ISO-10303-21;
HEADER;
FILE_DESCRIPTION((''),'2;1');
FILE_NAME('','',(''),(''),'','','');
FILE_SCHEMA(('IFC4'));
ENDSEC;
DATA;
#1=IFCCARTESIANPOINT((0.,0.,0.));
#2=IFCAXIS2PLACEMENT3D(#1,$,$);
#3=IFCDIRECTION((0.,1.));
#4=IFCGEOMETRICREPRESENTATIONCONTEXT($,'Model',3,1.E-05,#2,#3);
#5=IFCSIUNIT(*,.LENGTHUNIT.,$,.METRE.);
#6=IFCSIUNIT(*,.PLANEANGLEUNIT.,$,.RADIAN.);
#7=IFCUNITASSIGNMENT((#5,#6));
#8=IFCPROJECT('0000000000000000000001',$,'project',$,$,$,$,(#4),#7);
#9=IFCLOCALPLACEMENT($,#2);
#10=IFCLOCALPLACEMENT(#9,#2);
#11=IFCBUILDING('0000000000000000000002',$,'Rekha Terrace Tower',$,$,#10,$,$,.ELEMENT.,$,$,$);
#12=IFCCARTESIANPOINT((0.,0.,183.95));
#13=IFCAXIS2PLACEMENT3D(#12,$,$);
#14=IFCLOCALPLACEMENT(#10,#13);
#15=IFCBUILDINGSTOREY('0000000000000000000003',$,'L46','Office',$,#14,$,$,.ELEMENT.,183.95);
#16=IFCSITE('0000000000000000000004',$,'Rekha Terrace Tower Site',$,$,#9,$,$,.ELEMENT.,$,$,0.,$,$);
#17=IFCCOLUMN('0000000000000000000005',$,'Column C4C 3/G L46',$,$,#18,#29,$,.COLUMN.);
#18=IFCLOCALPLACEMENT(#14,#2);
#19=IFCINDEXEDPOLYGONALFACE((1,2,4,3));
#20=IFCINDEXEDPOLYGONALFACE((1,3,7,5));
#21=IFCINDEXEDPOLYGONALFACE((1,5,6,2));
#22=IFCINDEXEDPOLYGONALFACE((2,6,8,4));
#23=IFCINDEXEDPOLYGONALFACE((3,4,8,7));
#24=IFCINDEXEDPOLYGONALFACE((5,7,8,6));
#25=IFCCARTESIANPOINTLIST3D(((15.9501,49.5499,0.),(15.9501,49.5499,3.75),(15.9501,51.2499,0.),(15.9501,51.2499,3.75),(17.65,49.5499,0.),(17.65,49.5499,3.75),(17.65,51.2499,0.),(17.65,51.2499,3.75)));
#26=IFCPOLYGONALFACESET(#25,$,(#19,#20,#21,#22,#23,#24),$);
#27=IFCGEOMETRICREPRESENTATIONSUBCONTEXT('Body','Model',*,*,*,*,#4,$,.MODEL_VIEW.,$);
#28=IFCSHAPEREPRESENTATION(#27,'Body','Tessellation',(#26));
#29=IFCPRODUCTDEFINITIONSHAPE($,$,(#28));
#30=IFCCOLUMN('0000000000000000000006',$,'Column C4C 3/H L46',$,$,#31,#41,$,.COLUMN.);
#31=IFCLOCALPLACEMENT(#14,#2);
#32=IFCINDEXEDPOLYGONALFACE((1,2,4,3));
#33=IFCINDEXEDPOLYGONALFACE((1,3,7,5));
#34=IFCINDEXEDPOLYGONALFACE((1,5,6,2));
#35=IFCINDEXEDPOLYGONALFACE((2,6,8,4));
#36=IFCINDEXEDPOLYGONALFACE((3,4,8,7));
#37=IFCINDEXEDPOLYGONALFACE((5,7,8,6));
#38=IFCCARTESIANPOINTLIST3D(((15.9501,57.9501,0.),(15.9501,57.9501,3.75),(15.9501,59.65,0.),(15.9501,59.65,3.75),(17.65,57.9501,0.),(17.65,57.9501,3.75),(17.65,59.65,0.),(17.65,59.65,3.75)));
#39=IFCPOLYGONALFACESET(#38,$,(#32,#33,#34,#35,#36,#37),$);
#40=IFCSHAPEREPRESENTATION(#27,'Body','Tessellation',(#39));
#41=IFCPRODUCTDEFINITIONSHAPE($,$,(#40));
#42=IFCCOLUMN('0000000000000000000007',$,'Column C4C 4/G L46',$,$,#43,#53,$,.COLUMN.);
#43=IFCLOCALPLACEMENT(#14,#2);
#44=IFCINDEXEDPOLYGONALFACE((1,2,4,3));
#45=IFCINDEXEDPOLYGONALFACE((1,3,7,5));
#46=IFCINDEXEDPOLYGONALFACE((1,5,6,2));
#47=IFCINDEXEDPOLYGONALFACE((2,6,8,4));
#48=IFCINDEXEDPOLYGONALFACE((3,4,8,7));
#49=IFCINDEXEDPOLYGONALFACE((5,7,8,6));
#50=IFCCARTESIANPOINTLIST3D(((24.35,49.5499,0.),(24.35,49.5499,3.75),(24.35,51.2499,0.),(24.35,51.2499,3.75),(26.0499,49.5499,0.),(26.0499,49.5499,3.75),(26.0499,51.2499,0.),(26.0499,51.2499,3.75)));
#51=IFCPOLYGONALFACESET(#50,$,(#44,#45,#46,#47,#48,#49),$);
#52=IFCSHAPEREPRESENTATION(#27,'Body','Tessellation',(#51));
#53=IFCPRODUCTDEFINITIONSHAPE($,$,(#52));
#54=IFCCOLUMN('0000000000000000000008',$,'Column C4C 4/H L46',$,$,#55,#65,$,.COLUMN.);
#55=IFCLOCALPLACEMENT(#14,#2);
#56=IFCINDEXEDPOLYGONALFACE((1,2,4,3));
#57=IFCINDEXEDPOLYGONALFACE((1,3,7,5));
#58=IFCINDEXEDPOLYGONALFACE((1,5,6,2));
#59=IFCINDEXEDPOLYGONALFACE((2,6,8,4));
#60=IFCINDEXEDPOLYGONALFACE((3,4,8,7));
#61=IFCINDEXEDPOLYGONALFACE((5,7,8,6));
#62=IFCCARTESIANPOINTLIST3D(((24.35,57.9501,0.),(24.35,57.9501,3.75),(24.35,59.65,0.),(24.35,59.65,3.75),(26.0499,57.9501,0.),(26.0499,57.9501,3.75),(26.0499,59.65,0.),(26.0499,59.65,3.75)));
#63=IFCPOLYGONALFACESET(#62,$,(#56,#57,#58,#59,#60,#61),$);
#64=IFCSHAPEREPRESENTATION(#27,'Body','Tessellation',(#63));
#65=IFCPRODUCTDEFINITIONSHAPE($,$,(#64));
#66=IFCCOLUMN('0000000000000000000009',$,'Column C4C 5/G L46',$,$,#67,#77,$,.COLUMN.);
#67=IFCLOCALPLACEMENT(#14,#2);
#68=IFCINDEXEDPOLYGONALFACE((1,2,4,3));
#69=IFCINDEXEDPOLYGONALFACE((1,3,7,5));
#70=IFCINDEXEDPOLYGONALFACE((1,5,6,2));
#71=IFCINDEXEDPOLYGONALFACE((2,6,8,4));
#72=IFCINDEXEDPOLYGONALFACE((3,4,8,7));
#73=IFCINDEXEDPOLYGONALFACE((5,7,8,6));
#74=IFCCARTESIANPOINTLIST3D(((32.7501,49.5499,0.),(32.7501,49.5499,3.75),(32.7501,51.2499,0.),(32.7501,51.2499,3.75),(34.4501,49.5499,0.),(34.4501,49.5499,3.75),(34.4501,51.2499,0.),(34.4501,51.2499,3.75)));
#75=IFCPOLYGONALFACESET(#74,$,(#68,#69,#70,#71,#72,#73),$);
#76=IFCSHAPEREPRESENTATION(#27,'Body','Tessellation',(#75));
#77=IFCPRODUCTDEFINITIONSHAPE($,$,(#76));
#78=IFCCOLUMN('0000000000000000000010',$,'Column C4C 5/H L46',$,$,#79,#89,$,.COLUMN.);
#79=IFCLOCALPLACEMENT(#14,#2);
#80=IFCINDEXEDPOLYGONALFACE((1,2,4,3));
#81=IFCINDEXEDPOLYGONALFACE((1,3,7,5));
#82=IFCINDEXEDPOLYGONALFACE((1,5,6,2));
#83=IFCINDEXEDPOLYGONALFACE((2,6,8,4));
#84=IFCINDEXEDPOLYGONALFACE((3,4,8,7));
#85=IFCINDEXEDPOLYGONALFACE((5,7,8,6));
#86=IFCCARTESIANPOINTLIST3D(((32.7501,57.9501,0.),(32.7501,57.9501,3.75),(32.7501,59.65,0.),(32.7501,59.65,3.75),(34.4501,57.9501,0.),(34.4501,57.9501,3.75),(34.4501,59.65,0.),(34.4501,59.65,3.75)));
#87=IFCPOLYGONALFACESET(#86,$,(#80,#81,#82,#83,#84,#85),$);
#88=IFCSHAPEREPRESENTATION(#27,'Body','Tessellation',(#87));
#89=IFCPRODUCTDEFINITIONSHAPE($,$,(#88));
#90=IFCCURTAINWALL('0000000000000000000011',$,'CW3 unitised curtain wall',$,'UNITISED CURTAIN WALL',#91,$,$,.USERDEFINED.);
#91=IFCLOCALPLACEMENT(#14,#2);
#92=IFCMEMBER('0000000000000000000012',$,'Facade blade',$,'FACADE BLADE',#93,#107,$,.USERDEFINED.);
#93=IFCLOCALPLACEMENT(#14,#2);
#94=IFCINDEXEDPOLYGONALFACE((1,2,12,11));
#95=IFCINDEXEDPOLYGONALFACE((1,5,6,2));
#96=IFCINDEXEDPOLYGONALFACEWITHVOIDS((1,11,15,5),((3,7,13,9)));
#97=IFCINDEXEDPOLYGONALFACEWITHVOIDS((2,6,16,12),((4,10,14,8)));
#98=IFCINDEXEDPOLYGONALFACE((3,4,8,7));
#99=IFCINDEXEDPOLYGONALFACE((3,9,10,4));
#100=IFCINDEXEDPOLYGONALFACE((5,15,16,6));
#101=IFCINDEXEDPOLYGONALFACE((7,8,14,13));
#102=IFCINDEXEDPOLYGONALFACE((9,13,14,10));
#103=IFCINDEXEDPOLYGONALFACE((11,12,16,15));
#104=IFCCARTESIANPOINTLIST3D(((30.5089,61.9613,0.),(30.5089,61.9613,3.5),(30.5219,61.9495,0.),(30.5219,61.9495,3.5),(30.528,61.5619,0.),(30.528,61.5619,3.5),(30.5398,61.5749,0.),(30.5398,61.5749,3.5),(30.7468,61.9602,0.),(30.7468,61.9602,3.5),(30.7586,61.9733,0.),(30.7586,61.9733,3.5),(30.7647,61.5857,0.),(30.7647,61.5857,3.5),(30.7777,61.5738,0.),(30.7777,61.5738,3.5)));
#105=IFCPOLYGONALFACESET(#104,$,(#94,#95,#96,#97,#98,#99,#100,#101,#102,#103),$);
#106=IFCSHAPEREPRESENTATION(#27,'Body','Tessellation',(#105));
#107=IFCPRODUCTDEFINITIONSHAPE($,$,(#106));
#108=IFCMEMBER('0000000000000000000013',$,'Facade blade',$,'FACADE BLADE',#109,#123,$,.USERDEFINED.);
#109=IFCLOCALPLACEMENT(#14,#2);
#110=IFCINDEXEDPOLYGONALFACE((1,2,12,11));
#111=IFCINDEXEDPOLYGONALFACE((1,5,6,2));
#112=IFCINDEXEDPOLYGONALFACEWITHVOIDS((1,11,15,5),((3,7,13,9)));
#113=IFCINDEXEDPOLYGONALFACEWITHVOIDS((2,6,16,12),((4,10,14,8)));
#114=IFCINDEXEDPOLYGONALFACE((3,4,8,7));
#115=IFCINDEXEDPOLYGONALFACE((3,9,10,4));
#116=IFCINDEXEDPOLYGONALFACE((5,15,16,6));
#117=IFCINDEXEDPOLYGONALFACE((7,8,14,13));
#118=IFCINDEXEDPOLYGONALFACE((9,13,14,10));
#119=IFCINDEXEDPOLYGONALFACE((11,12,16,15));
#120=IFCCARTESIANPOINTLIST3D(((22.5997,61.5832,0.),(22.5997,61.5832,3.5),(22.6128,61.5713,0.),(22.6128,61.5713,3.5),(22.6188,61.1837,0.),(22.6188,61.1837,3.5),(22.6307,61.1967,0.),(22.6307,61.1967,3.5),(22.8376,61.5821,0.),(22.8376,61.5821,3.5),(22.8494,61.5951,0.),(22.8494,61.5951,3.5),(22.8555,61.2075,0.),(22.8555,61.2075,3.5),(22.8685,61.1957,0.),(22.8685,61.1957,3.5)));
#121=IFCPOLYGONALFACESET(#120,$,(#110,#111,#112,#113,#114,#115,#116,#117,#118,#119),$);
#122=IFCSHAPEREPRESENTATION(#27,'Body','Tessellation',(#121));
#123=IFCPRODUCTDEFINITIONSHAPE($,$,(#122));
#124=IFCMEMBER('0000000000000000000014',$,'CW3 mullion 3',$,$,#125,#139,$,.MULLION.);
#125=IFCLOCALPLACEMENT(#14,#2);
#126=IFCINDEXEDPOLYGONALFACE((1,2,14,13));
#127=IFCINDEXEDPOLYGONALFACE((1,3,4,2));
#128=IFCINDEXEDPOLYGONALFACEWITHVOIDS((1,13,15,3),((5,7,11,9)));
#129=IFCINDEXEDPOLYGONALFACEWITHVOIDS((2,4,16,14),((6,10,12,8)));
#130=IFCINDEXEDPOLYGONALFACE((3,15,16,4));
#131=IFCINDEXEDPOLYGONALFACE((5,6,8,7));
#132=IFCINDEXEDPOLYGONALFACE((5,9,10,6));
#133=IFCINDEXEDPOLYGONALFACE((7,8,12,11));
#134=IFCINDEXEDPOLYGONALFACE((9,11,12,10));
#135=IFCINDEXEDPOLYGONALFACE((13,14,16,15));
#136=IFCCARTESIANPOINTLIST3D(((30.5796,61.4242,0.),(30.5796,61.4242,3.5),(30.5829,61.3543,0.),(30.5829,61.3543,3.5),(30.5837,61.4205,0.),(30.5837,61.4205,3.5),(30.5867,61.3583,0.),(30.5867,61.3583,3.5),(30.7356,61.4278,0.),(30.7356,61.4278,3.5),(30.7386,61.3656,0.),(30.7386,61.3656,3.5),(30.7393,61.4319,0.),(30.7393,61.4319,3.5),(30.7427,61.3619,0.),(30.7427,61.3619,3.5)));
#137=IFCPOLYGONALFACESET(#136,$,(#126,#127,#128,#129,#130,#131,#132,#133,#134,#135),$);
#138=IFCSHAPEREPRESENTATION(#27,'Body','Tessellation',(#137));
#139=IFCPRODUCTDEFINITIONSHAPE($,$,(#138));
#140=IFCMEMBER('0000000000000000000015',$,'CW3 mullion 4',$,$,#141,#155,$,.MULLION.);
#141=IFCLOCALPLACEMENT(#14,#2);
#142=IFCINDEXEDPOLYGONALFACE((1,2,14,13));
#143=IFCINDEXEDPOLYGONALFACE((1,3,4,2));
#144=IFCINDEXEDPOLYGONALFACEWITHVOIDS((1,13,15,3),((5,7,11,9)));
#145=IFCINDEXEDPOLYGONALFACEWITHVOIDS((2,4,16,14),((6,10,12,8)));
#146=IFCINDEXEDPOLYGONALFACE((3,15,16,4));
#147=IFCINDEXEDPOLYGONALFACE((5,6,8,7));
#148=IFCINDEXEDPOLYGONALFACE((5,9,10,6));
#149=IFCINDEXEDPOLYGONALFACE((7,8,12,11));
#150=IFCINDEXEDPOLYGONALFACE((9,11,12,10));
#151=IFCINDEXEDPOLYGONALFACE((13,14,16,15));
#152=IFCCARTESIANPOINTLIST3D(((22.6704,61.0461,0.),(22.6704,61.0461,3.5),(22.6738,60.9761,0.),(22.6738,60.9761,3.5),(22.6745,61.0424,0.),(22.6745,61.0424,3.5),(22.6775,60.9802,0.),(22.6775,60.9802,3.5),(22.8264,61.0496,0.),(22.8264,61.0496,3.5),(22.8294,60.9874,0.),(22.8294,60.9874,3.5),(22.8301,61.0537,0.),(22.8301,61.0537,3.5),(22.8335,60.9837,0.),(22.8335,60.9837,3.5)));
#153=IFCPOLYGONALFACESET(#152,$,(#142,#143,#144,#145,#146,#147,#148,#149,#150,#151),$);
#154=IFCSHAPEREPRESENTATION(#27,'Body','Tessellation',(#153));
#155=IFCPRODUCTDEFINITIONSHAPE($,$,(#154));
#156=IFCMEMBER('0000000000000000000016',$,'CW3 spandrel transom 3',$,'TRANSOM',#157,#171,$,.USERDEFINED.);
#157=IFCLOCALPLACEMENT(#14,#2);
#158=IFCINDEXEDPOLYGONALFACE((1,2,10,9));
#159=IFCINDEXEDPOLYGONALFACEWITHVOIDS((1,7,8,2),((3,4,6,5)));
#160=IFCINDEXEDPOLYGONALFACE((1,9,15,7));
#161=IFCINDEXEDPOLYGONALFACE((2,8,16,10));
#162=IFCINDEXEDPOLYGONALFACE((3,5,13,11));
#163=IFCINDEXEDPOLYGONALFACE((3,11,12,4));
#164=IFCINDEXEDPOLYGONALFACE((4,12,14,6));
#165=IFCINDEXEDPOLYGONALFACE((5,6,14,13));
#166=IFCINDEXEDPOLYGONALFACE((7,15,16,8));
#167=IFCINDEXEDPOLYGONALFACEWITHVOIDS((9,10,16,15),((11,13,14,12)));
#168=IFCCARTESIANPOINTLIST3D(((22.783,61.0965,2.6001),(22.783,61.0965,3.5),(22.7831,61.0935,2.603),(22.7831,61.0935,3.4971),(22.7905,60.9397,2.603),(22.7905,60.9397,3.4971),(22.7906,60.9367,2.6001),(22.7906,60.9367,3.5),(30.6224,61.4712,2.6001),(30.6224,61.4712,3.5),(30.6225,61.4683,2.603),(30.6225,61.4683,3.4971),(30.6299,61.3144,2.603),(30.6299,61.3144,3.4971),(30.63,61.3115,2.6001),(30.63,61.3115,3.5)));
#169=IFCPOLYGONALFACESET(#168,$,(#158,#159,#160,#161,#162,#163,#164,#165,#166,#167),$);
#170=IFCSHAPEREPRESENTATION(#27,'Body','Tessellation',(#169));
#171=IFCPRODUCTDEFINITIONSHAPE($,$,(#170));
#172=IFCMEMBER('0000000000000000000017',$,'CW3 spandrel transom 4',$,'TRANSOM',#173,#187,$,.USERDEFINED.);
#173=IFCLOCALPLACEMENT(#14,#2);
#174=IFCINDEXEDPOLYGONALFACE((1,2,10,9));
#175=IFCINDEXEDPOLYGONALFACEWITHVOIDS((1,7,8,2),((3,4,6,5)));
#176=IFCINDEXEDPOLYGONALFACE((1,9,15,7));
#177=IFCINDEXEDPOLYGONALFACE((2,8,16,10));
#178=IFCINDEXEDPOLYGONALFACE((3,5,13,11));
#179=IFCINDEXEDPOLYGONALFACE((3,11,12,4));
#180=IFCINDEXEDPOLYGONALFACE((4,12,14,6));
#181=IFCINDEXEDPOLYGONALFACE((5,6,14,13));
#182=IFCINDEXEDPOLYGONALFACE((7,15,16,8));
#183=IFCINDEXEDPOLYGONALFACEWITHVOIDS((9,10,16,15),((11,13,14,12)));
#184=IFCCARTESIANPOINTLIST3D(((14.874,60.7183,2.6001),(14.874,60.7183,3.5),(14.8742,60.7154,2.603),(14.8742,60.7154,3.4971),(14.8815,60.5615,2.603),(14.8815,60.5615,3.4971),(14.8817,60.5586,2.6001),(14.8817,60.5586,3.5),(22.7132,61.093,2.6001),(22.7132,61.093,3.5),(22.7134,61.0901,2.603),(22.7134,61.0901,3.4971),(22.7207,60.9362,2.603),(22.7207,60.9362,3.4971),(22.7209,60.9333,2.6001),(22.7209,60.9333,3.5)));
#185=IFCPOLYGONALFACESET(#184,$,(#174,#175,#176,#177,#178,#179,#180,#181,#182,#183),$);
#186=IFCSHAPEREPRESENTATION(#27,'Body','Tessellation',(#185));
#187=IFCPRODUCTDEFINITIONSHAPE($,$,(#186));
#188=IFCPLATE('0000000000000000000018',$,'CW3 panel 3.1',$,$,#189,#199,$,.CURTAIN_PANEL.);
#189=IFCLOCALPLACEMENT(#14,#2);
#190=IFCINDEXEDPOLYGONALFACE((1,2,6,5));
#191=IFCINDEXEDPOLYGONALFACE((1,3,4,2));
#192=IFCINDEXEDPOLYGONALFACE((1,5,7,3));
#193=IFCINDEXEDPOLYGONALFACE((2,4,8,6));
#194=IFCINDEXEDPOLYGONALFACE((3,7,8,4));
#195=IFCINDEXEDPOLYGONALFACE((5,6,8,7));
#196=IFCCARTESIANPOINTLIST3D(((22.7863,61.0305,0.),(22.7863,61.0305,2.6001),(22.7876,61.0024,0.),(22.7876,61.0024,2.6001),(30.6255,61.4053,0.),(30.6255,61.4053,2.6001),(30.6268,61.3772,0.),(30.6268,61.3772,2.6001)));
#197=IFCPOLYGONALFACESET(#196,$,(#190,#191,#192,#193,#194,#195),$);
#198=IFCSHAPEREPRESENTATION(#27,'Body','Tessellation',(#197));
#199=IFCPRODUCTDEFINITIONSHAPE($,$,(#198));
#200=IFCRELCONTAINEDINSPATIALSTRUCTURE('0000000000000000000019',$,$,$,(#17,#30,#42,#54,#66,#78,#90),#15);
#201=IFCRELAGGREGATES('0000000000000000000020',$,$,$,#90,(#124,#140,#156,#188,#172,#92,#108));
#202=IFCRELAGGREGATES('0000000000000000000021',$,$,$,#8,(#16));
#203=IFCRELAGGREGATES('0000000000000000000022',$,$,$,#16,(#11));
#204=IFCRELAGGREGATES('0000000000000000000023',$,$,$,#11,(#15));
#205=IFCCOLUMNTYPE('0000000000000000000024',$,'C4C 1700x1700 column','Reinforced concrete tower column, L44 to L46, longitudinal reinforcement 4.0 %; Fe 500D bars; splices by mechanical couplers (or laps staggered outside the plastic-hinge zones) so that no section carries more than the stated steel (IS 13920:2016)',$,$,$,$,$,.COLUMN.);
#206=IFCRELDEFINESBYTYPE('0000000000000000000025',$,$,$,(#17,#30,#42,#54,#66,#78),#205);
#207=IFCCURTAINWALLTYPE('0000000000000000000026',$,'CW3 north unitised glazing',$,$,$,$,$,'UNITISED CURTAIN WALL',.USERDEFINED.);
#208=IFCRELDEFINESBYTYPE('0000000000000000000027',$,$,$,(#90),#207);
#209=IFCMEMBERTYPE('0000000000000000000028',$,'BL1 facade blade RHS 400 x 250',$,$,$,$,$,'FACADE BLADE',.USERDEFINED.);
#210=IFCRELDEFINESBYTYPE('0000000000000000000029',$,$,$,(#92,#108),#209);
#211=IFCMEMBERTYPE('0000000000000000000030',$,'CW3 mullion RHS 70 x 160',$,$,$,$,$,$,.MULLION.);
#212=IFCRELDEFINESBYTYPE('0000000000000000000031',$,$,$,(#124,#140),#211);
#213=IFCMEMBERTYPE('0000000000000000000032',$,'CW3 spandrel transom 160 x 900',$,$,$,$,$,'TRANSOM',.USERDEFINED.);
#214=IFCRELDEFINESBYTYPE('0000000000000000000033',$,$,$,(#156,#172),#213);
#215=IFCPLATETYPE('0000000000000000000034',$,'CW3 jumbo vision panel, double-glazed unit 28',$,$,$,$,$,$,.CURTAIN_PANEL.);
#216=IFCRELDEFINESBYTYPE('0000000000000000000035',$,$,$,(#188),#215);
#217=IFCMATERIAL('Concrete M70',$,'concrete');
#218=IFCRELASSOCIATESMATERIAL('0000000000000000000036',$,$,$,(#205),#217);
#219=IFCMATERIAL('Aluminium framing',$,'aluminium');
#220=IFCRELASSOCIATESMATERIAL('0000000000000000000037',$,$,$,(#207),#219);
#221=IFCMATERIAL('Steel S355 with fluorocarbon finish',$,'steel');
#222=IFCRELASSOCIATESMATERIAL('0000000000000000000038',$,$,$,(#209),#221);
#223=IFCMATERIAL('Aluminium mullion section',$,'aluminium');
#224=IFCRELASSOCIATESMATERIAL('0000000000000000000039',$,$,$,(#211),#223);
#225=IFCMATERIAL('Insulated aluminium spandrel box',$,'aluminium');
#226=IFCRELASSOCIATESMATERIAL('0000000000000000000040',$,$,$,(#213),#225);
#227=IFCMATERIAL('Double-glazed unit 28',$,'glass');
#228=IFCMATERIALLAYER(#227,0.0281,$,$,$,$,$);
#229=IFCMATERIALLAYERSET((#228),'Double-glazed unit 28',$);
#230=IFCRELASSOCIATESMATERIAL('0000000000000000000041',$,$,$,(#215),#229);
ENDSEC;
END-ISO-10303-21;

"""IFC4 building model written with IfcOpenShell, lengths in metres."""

from ifc_helpers import new_model, si_unit, direction, frame, origin, origin_2d, place, context, subcontext, project, spatial, rectangle, hollow_rectangle, extrude, material, layer, layer_set, material_profile, profile_set, type_object, element, aggregate, save


model = new_model("IFC4")

# Units and contexts
model_context = context("Model", 3, precision=1e-05, world=origin(), true_north=direction((0.0, 1.0)))
body_context = subcontext(model_context, "Body", "Model", "MODEL_VIEW")
ifc_project = project(units=[si_unit("LENGTHUNIT", "METRE"), si_unit("PLANEANGLEUNIT", "RADIAN")], contexts=[model_context])

# Site, building, storey
site_placement = place(None, origin())
site = spatial("IfcSite", under=ifc_project, at=site_placement, Name="Rekha Terrace Tower Site", CompositionType="ELEMENT", RefElevation=0.0)
building_placement = place(site_placement, origin())
building = spatial("IfcBuilding", under=site, at=building_placement, Name="Rekha Terrace Tower", CompositionType="ELEMENT")
storey_placement = place(building_placement, frame((0.0, 0.0, 183.95)))
storey = spatial("IfcBuildingStorey", under=building, at=storey_placement, Name="L46", Description="Office", CompositionType="ELEMENT", Elevation=183.95)

# Columns
ifc_material_1 = material(Name="Concrete M70", Category="concrete")
ifc_material_profile_1 = material_profile(ifc_material_1, rectangle(XDim=1.7, YDim=1.7, at=origin_2d()), Name="RC 1700x1700")
ifc_profile_set_1 = profile_set([ifc_material_profile_1], Name="Concrete M70")
column_type = type_object("IfcColumnType", Name="C4C 1700x1700 column", Description="Reinforced concrete tower column, L44 to L46, longitudinal reinforcement 4.0 %; Fe 500D bars; splices by mechanical couplers (or laps staggered outside the plastic-hinge zones) so that no section carries more than the stated steel (IS 13920:2016)", PredefinedType="COLUMN", material=ifc_profile_set_1)
for number, where, z_axis, x_axis, name in (
    (1, (16.8, 50.3999, 0.0), (0.0, 0.0, 1.0), (1.0, 0.0, 0.0), "Column C4C 3/G L46"),
    (2, (16.8, 58.8, 0.0), (0.0, 0.0, 1.0), (1.0, 0.0, 0.0), "Column C4C 3/H L46"),
    (3, (25.2, 50.3999, 0.0), (0.0, 0.0, 1.0), (1.0, 0.0, 0.0), "Column C4C 4/G L46"),
    (4, (25.2, 58.8, 0.0), (0.0, 0.0, 1.0), (1.0, 0.0, 0.0), "Column C4C 4/H L46"),
    (5, (33.6001, 50.3999, 0.0), (0.0, 0.0, 1.0), (1.0, 0.0, 0.0), "Column C4C 5/G L46"),
    (6, (33.6001, 58.8, 0.0), (0.0, 0.0, 1.0), (1.0, 0.0, 0.0), "Column C4C 5/H L46"),
):
    element("IfcColumn", number, at=place(storey_placement, frame(where, z_axis=z_axis, x_axis=x_axis)), inside=storey, type_object=column_type, Name=name, PredefinedType="COLUMN", context=body_context, shape_type="SweptSolid", body=[
        extrude(rectangle(XDim=1.7, YDim=1.7, at=origin_2d()), origin(), (0.0, 0.0, 1.0), 3.75),
    ])

# Curtain wall, members, plate
ifc_material_2 = material(Name="Aluminium framing", Category="aluminium")
curtain_wall_type = type_object("IfcCurtainWallType", Name="CW3 north unitised glazing", ElementType="UNITISED CURTAIN WALL", PredefinedType="USERDEFINED", material=ifc_material_2)
curtain_wall_placement = place(storey_placement, origin())
curtain_wall = element("IfcCurtainWall", 7, at=curtain_wall_placement, inside=storey, type_object=curtain_wall_type, Name="CW3 unitised curtain wall", ObjectType="UNITISED CURTAIN WALL", PredefinedType="USERDEFINED")
ifc_material_3 = material(Name="Steel S355 with fluorocarbon finish", Category="steel")
ifc_material_profile_2 = material_profile(ifc_material_3, hollow_rectangle(XDim=0.25, YDim=0.3999, WallThickness=0.0125, at=origin_2d()), Name="RHS400x250x12.5")
ifc_profile_set_2 = profile_set([ifc_material_profile_2], Name="Steel S355 with fluorocarbon finish")
member_type_1 = type_object("IfcMemberType", Name="BL1 facade blade RHS 400 x 250", ElementType="FACADE BLADE", PredefinedType="USERDEFINED", material=ifc_profile_set_2)
member_1_placement = place(storey_placement, frame((30.6433, 61.7676, 0.0), z_axis=(0.0, 0.0, 1.0), x_axis=(-0.998859, -0.047758, 0.0)))
member_1 = element("IfcMember", 8, at=member_1_placement, type_object=member_type_1, Name="Facade blade", ObjectType="FACADE BLADE", PredefinedType="USERDEFINED", context=body_context, shape_type="SweptSolid", body=[
    extrude(hollow_rectangle(XDim=0.25, YDim=0.3999, WallThickness=0.0125, at=origin_2d()), origin(), (0.0, 0.0, 1.0), 3.5),
])
member_2_placement = place(storey_placement, frame((22.7341, 61.3894, 0.0), z_axis=(0.0, 0.0, 1.0), x_axis=(-0.998859, -0.047758, 0.0)))
member_2 = element("IfcMember", 9, at=member_2_placement, type_object=member_type_1, Name="Facade blade", ObjectType="FACADE BLADE", PredefinedType="USERDEFINED", context=body_context, shape_type="SweptSolid", body=[
    extrude(hollow_rectangle(XDim=0.25, YDim=0.3999, WallThickness=0.0125, at=origin_2d()), origin(), (0.0, 0.0, 1.0), 3.5),
])
ifc_material_4 = material(Name="Aluminium mullion section", Category="aluminium")
ifc_material_profile_3 = material_profile(ifc_material_4, hollow_rectangle(XDim=0.0701, YDim=0.1599, WallThickness=0.0039, at=origin_2d()), Name="AL RHS 70x160")
ifc_profile_set_3 = profile_set([ifc_material_profile_3], Name="Aluminium mullion section")
member_type_2 = type_object("IfcMemberType", Name="CW3 mullion RHS 70 x 160", PredefinedType="MULLION", material=ifc_profile_set_3)
member_3_placement = place(storey_placement, frame((30.6611, 61.3931, 0.0), z_axis=(0.0, 0.0, 1.0), x_axis=(0.047759, -0.998859, 0.0)))
member_3 = element("IfcMember", 10, at=member_3_placement, type_object=member_type_2, Name="CW3 mullion 3", PredefinedType="MULLION", context=body_context, shape_type="SweptSolid", body=[
    extrude(hollow_rectangle(XDim=0.0701, YDim=0.1599, WallThickness=0.0039, at=origin_2d()), origin(), (0.0, 0.0, 1.0), 3.5),
])
member_4_placement = place(storey_placement, frame((22.752, 61.0149, 0.0), z_axis=(0.0, 0.0, 1.0), x_axis=(0.047759, -0.998859, 0.0)))
member_4 = element("IfcMember", 11, at=member_4_placement, type_object=member_type_2, Name="CW3 mullion 4", PredefinedType="MULLION", context=body_context, shape_type="SweptSolid", body=[
    extrude(hollow_rectangle(XDim=0.0701, YDim=0.1599, WallThickness=0.0039, at=origin_2d()), origin(), (0.0, 0.0, 1.0), 3.5),
])
ifc_material_5 = material(Name="Insulated aluminium spandrel box", Category="aluminium")
ifc_material_profile_4 = material_profile(ifc_material_5, hollow_rectangle(XDim=0.1599, YDim=0.8999, WallThickness=0.0029, at=origin_2d()), Name="AL SPANDREL BOX 160x900")
ifc_profile_set_4 = profile_set([ifc_material_profile_4], Name="Insulated aluminium spandrel box")
member_type_3 = type_object("IfcMemberType", Name="CW3 spandrel transom 160 x 900", ElementType="TRANSOM", PredefinedType="USERDEFINED", material=ifc_profile_set_4)
member_5_placement = place(storey_placement, frame((30.6262, 61.3914, 3.05), z_axis=(-0.998859, -0.04775, 0.0), x_axis=(0.04775, -0.998859, 0.0)))
member_5 = element("IfcMember", 12, at=member_5_placement, type_object=member_type_3, Name="CW3 spandrel transom 3", ObjectType="TRANSOM", PredefinedType="USERDEFINED", context=body_context, shape_type="SweptSolid", body=[
    extrude(hollow_rectangle(XDim=0.1599, YDim=0.8999, WallThickness=0.0029, at=origin_2d()), origin(), (0.0, 0.0, 1.0), 7.8484),
])
member_6_placement = place(storey_placement, frame((22.717, 61.0132, 3.05), z_axis=(-0.998859, -0.047751, 0.0), x_axis=(0.047751, -0.998859, 0.0)))
member_6 = element("IfcMember", 13, at=member_6_placement, type_object=member_type_3, Name="CW3 spandrel transom 4", ObjectType="TRANSOM", PredefinedType="USERDEFINED", context=body_context, shape_type="SweptSolid", body=[
    extrude(hollow_rectangle(XDim=0.1599, YDim=0.8999, WallThickness=0.0029, at=origin_2d()), origin(), (0.0, 0.0, 1.0), 7.8481),
])
ifc_material_6 = material(Name="Double-glazed unit 28", Category="glass")
ifc_layer_1 = layer(ifc_material_6, 0.0281)
ifc_layer_set_1 = layer_set([ifc_layer_1], Name="Double-glazed unit 28")
plate_type = type_object("IfcPlateType", Name="CW3 jumbo vision panel, double-glazed unit 28", PredefinedType="CURTAIN_PANEL", material=ifc_layer_set_1)
plate_1_placement = place(storey_placement, frame((26.7065, 61.2039, 0.0), z_axis=(0.0, 0.0, 1.0), x_axis=(-0.998859, -0.047759, 0.0)))
plate_1 = element("IfcPlate", 14, at=plate_1_placement, type_object=plate_type, Name="CW3 panel 3.1", PredefinedType="CURTAIN_PANEL", context=body_context, shape_type="SweptSolid", body=[
    extrude(rectangle(XDim=7.8481, YDim=0.0281, at=origin_2d()), origin(), (0.0, 0.0, 1.0), 2.6001),
])
aggregate(curtain_wall, [member_3, member_4, member_5, plate_1, member_6, member_1, member_2])

save(model, "model.ifc")
